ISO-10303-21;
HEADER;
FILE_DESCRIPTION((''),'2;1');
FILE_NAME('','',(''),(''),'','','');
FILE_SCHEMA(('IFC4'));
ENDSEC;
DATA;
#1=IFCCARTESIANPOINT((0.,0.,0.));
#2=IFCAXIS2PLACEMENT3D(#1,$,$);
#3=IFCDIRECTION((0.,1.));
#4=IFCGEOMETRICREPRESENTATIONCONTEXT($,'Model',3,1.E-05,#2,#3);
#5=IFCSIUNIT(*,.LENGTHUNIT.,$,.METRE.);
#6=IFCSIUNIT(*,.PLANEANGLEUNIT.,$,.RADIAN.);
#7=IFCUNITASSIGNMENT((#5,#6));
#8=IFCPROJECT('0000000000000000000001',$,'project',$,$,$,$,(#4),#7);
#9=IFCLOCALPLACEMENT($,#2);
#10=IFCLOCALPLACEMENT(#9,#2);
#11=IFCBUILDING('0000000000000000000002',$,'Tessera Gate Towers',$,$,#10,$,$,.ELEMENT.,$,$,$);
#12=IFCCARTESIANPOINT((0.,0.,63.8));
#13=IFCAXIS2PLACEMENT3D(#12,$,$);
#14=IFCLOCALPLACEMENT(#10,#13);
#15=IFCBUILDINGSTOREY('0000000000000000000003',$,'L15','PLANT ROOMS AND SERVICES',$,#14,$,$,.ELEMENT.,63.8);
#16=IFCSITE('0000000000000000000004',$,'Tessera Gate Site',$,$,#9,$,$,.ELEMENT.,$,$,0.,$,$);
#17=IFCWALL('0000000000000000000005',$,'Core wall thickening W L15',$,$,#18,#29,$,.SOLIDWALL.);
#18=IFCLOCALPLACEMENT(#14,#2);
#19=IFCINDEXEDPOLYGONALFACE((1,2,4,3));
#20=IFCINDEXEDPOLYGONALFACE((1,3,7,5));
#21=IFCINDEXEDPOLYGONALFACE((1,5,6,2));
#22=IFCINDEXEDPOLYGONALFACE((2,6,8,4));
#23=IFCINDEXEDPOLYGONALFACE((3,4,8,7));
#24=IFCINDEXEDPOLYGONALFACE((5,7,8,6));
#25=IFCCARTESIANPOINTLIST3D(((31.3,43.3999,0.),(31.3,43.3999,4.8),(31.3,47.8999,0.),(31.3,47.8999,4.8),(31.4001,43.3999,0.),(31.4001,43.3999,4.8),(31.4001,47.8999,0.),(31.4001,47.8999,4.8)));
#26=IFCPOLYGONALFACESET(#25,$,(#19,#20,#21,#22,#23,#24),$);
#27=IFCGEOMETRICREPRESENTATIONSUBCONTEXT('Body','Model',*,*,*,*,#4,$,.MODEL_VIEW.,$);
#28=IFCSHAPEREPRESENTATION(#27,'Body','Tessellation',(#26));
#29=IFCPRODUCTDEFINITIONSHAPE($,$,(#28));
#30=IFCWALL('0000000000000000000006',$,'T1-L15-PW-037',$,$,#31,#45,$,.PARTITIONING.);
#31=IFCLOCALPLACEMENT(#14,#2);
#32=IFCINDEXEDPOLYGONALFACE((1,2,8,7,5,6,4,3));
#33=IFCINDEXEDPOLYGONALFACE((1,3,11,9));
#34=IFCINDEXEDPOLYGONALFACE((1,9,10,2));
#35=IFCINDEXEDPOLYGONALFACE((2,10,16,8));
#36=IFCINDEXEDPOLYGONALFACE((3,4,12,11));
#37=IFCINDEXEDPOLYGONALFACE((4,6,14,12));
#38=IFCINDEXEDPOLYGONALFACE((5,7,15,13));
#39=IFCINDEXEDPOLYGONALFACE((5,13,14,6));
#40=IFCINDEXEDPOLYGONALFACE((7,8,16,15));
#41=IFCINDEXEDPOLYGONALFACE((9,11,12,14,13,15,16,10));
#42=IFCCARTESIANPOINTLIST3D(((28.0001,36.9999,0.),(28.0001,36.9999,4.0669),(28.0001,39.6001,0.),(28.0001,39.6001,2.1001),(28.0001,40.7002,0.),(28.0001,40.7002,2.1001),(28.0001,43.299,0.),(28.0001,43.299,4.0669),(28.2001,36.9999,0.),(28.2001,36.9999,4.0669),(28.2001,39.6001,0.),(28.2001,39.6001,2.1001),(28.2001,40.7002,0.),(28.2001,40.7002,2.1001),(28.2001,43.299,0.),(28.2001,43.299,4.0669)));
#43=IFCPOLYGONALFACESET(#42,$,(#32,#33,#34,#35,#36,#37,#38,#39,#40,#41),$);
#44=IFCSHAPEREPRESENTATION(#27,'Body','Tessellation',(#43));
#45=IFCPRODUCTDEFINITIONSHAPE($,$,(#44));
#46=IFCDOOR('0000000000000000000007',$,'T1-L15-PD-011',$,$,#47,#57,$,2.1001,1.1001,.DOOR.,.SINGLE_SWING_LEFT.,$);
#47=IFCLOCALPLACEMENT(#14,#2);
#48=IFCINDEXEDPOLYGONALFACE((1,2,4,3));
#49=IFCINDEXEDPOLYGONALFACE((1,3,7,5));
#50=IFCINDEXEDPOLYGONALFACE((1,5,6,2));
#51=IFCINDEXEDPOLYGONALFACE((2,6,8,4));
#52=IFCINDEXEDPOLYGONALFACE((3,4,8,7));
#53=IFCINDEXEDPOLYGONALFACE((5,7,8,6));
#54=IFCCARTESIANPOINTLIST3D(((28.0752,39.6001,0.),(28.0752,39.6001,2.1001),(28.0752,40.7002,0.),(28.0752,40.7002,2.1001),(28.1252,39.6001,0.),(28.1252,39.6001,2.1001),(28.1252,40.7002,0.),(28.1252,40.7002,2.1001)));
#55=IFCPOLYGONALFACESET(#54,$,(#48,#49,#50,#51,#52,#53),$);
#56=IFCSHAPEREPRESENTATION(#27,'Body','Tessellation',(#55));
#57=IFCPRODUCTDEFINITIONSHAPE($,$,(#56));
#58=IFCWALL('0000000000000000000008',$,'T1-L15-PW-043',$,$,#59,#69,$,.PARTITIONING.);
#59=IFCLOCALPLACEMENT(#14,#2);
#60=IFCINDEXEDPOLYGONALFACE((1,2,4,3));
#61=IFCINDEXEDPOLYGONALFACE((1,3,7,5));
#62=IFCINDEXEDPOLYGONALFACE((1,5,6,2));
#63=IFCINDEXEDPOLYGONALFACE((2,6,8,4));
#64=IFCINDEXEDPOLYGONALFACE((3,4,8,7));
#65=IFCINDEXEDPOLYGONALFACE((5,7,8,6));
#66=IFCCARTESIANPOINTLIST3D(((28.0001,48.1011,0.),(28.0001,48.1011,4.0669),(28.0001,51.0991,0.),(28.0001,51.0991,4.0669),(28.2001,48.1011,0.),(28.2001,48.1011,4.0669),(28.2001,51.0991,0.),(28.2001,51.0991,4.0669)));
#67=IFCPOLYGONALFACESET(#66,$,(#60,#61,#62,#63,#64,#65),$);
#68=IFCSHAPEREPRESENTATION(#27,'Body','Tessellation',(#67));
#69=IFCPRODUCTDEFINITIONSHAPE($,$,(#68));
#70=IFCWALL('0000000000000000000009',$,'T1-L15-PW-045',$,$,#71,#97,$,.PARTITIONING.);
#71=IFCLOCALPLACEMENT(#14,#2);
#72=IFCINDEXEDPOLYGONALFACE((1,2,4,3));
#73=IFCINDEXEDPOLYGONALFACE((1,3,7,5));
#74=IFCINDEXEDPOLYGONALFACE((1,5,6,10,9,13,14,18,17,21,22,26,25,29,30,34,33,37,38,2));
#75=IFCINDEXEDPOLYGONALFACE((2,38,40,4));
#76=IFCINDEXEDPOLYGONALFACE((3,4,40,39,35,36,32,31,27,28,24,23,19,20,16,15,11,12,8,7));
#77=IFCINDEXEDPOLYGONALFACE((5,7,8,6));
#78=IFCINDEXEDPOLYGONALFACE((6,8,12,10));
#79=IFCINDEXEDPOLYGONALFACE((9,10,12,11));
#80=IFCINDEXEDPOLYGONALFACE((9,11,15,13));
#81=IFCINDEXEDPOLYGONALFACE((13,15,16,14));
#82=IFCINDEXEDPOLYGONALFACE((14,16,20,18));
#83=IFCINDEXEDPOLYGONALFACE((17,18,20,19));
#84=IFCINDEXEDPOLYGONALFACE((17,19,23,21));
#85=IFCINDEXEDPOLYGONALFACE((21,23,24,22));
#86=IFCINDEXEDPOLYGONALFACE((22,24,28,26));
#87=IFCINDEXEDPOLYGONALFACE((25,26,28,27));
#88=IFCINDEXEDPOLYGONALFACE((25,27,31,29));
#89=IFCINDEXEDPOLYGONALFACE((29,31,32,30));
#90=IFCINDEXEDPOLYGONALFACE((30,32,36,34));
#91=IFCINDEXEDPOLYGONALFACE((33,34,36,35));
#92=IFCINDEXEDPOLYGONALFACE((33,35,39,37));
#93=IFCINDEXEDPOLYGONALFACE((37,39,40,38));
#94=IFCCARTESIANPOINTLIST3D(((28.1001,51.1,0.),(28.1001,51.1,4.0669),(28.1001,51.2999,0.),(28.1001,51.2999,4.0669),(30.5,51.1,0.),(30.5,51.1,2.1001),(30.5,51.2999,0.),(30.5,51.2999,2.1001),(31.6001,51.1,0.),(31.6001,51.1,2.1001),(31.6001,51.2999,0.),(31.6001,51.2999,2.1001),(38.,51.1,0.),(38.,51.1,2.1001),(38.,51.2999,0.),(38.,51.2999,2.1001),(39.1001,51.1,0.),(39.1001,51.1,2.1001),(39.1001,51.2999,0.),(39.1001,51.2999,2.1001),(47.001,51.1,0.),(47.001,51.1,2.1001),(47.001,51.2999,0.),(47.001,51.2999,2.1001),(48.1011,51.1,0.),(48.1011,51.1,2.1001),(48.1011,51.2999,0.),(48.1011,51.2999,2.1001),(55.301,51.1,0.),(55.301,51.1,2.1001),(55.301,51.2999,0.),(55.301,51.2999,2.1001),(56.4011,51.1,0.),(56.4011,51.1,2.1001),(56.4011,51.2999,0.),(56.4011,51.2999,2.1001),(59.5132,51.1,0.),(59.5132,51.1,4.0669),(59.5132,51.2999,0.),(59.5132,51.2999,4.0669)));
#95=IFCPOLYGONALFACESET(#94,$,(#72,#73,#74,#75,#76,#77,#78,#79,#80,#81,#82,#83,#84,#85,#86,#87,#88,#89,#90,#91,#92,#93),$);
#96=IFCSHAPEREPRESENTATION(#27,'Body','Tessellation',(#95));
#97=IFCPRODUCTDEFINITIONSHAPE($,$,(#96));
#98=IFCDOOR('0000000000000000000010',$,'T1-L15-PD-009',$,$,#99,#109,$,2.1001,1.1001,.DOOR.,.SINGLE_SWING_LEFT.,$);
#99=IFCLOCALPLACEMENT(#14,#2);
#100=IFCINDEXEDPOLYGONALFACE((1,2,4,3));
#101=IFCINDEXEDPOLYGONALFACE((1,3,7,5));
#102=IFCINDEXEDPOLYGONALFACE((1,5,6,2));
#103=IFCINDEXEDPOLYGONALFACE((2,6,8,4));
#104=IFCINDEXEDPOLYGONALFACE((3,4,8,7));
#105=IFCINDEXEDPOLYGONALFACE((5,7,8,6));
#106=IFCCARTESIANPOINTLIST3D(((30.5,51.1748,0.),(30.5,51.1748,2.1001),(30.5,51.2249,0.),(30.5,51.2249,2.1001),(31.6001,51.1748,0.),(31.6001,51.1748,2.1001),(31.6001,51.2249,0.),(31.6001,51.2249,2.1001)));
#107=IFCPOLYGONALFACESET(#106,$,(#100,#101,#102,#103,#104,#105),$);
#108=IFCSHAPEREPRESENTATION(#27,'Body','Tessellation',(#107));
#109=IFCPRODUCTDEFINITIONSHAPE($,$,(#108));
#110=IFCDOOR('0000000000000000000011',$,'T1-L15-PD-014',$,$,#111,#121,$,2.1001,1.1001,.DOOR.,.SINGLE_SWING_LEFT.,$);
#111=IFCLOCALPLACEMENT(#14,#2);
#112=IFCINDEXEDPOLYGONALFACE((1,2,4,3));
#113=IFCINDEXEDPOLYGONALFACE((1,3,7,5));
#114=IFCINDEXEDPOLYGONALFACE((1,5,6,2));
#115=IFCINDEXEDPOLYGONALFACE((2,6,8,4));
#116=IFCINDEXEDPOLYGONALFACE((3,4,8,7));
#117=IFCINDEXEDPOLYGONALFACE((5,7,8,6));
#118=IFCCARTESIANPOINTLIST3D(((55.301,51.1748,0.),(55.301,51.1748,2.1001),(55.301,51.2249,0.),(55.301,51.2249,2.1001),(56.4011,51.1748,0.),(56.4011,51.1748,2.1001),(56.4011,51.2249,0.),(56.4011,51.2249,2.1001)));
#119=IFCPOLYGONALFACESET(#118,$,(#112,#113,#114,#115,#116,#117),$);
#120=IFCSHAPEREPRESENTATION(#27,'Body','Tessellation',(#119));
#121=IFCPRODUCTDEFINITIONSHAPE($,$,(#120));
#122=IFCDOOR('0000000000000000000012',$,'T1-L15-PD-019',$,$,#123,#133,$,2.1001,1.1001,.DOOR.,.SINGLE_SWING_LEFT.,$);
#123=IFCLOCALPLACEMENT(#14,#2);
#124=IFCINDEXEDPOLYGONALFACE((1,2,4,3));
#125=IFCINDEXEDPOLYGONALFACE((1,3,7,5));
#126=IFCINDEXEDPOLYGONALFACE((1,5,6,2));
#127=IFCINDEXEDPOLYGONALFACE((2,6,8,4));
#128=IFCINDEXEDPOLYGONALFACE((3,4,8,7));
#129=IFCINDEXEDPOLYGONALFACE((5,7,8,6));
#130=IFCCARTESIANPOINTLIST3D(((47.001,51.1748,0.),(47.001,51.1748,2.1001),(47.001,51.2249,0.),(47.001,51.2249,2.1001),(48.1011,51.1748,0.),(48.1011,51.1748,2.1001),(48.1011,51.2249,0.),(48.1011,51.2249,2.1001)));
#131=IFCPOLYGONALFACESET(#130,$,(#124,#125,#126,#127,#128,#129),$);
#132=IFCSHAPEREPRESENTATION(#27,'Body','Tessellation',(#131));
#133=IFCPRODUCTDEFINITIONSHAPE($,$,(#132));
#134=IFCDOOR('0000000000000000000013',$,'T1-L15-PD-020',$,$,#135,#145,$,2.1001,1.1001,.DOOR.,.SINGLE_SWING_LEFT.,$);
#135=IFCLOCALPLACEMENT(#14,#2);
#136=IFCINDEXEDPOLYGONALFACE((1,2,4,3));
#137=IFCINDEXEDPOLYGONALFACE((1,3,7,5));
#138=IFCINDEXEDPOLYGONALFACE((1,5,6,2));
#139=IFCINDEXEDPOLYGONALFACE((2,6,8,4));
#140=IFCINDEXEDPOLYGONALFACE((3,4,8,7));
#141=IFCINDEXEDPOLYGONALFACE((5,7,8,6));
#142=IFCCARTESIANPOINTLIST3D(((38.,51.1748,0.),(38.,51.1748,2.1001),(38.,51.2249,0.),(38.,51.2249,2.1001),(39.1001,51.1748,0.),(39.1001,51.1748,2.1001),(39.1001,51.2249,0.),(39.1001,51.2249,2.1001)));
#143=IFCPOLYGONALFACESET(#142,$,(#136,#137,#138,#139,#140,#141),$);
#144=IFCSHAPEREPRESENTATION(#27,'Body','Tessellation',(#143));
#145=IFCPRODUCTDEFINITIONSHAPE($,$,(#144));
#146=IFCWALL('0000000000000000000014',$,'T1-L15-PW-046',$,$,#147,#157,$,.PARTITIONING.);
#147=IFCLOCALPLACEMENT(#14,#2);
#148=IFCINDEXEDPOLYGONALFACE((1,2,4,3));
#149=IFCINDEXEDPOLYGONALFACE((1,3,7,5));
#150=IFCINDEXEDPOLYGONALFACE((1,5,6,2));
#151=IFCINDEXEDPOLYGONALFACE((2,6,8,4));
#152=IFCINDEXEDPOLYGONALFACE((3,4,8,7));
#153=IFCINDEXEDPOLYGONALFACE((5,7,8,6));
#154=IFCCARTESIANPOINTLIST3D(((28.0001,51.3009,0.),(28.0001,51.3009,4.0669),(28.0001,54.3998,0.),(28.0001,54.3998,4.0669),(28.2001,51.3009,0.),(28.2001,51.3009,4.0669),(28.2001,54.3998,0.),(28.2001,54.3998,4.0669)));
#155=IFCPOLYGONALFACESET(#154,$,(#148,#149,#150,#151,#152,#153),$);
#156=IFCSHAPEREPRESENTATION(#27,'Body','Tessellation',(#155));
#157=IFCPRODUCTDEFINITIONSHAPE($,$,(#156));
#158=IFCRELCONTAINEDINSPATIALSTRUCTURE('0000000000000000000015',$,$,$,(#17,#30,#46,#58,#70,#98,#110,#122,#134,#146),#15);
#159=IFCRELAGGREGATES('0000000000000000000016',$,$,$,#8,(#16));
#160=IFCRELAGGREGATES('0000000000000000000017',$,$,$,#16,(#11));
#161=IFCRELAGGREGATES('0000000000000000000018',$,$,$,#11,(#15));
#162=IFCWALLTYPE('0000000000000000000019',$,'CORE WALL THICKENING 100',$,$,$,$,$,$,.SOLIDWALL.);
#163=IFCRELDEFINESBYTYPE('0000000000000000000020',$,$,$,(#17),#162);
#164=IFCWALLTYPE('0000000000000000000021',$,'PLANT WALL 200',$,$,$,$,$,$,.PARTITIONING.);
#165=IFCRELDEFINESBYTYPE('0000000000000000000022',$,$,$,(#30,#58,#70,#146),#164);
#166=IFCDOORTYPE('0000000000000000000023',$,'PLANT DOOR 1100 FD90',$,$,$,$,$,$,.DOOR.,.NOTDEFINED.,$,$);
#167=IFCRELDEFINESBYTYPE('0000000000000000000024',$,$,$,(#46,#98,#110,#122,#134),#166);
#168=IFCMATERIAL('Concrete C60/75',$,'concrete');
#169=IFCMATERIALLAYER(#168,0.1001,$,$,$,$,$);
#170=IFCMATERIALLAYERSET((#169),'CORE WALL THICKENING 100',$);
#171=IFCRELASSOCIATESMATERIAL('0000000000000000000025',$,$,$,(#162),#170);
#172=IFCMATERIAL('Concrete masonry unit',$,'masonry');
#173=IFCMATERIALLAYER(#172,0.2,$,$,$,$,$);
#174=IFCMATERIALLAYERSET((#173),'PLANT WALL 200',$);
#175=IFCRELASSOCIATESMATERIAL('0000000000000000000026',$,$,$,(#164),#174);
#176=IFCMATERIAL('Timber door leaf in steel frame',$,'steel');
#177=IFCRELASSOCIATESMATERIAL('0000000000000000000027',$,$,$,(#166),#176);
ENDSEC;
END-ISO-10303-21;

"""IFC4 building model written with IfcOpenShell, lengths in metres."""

from ifc_helpers import new_model, si_unit, direction, frame, frame_2d, origin, place, context, subcontext, project, spatial, rectangle, extrude, source, transform, mapped, material, layer, layer_set, type_object, element, fill, save


model = new_model("IFC4")

# Units and contexts
model_context = context("Model", 3, precision=1e-05, world=origin(), true_north=direction((0.0, 1.0)))
body_context = subcontext(model_context, "Body", "Model", "MODEL_VIEW")
ifc_project = project(units=[si_unit("LENGTHUNIT", "METRE"), si_unit("PLANEANGLEUNIT", "RADIAN")], contexts=[model_context])

# Site, building, storey
site_placement = place(None, origin())
site = spatial("IfcSite", under=ifc_project, at=site_placement, Name="Tessera Gate Site", CompositionType="ELEMENT", RefElevation=0.0)
building_placement = place(site_placement, origin())
building = spatial("IfcBuilding", under=site, at=building_placement, Name="Tessera Gate Towers", CompositionType="ELEMENT")
storey_placement = place(building_placement, frame((0.0, 0.0, 63.8)))
storey = spatial("IfcBuildingStorey", under=building, at=storey_placement, Name="L15", Description="PLANT ROOMS AND SERVICES", CompositionType="ELEMENT", Elevation=63.8)

# Wall
ifc_material_1 = material(Name="Concrete C60/75", Category="concrete")
ifc_layer_1 = layer(ifc_material_1, 0.1001)
ifc_layer_set_1 = layer_set([ifc_layer_1], Name="CORE WALL THICKENING 100")
wall_type_1 = type_object("IfcWallType", Name="CORE WALL THICKENING 100", PredefinedType="SOLIDWALL", material=ifc_layer_set_1)
wall_1_placement = place(storey_placement, frame((31.3501, 43.3999, 0.0), z_axis=(0.0, 0.0, 1.0), x_axis=(0.0, 1.0, 0.0)))
element("IfcWall", 1, at=wall_1_placement, inside=storey, type_object=wall_type_1, Name="Core wall thickening W L15", PredefinedType="SOLIDWALL", context=body_context, shape_type="SweptSolid", body=[
    extrude(rectangle(XDim=4.5, YDim=0.1001, at=frame_2d((2.25, 0.0))), origin(), (0.0, 0.0, 1.0), 4.8),
])

# Wall, opening, door
ifc_material_2 = material(Name="Concrete masonry unit", Category="masonry")
ifc_layer_2 = layer(ifc_material_2, 0.2)
ifc_layer_set_2 = layer_set([ifc_layer_2], Name="PLANT WALL 200")
wall_type_2 = type_object("IfcWallType", Name="PLANT WALL 200", PredefinedType="PARTITIONING", material=ifc_layer_set_2)
wall_2_placement = place(storey_placement, frame((28.1001, 37.0, 0.0), z_axis=(0.0, 0.0, 1.0), x_axis=(0.0, 1.0, 0.0)))
wall_2 = element("IfcWall", 2, at=wall_2_placement, inside=storey, type_object=wall_type_2, Name="T1-L15-PW-037", PredefinedType="PARTITIONING", context=body_context, shape_type="SweptSolid", body=[
    extrude(rectangle(XDim=6.2991, YDim=0.2, at=frame_2d((3.1494, 0.0))), origin(), (0.0, 0.0, 1.0), 4.0669),
])
shared_shape_1 = source(origin(), body_context, "Body", "SweptSolid", [
    extrude(rectangle(XDim=1.1001, YDim=2.1001, at=frame_2d((0.55, 1.05))), frame((0.0, 0.1099, 0.0), z_axis=(0.0, -1.0, 0.0), x_axis=(1.0, 0.0, 0.0)), (0.0, 0.0, 1.0), 0.22),
])
opening_1_placement = place(wall_2_placement, frame((2.6001, 0.0, 0.0)))
opening_1 = element("IfcOpeningElement", 3, at=opening_1_placement, cuts=wall_2, PredefinedType="OPENING", context=body_context, shape_type="MappedRepresentation", body=[
    mapped(shared_shape_1, transform((0.0, 0.0, 0.0), scale=1.0)),
])
ifc_material_3 = material(Name="Timber door leaf in steel frame", Category="steel")
door_type_1 = type_object("IfcDoorType", Name="PLANT DOOR 1100 FD90", OperationType="NOTDEFINED", PredefinedType="DOOR", material=ifc_material_3)
shared_shape_2 = source(origin(), body_context, "Body", "SweptSolid", [
    extrude(rectangle(XDim=1.1001, YDim=2.1001, at=frame_2d((0.55, 1.05))), frame((0.0, 0.0249, 0.0), z_axis=(0.0, -1.0, 0.0), x_axis=(1.0, 0.0, 0.0)), (0.0, 0.0, 1.0), 0.05),
])
door_1_placement = place(opening_1_placement, origin())
door_1 = element("IfcDoor", 4, at=door_1_placement, inside=storey, type_object=door_type_1, Name="T1-L15-PD-011", OperationType="SINGLE_SWING_LEFT", OverallHeight=2.1001, OverallWidth=1.1001, PredefinedType="DOOR", context=body_context, shape_type="MappedRepresentation", body=[
    mapped(shared_shape_2, transform((0.0, 0.0, 0.0), scale=1.0)),
])
fill(opening_1, door_1)

# Wall
wall_3_placement = place(storey_placement, frame((28.1001, 48.1011, 0.0), z_axis=(0.0, 0.0, 1.0), x_axis=(0.0, 1.0, 0.0)))
element("IfcWall", 5, at=wall_3_placement, inside=storey, type_object=wall_type_2, Name="T1-L15-PW-043", PredefinedType="PARTITIONING", context=body_context, shape_type="SweptSolid", body=[
    extrude(rectangle(XDim=2.998, YDim=0.2, at=frame_2d((1.499, 0.0))), origin(), (0.0, 0.0, 1.0), 4.0669),
])

# Wall, openings, doors
wall_4_placement = place(storey_placement, frame((28.1001, 51.2, 0.0), z_axis=(0.0, 0.0, 1.0), x_axis=(1.0, 0.0, 0.0)))
wall_4 = element("IfcWall", 6, at=wall_4_placement, inside=storey, type_object=wall_type_2, Name="T1-L15-PW-045", PredefinedType="PARTITIONING", context=body_context, shape_type="SweptSolid", body=[
    extrude(rectangle(XDim=31.4131, YDim=0.2, at=frame_2d((15.7065, 0.0))), origin(), (0.0, 0.0, 1.0), 4.0669),
])
opening_2_placement = place(wall_4_placement, frame((2.3999, 0.0, 0.0)))
opening_2 = element("IfcOpeningElement", 7, at=opening_2_placement, cuts=wall_4, PredefinedType="OPENING", context=body_context, shape_type="MappedRepresentation", body=[
    mapped(shared_shape_1, transform((0.0, 0.0, 0.0), scale=1.0)),
])
opening_3_placement = place(wall_4_placement, frame((27.2009, 0.0, 0.0)))
opening_3 = element("IfcOpeningElement", 8, at=opening_3_placement, cuts=wall_4, PredefinedType="OPENING", context=body_context, shape_type="MappedRepresentation", body=[
    mapped(shared_shape_1, transform((0.0, 0.0, 0.0), scale=1.0)),
])
opening_4_placement = place(wall_4_placement, frame((18.9009, 0.0, 0.0)))
opening_4 = element("IfcOpeningElement", 9, at=opening_4_placement, cuts=wall_4, PredefinedType="OPENING", context=body_context, shape_type="MappedRepresentation", body=[
    mapped(shared_shape_1, transform((0.0, 0.0, 0.0), scale=1.0)),
])
opening_5_placement = place(wall_4_placement, frame((9.8999, 0.0, 0.0)))
opening_5 = element("IfcOpeningElement", 10, at=opening_5_placement, cuts=wall_4, PredefinedType="OPENING", context=body_context, shape_type="MappedRepresentation", body=[
    mapped(shared_shape_1, transform((0.0, 0.0, 0.0), scale=1.0)),
])
door_2_placement = place(opening_2_placement, origin())
door_2 = element("IfcDoor", 11, at=door_2_placement, inside=storey, type_object=door_type_1, Name="T1-L15-PD-009", OperationType="SINGLE_SWING_LEFT", OverallHeight=2.1001, OverallWidth=1.1001, PredefinedType="DOOR", context=body_context, shape_type="MappedRepresentation", body=[
    mapped(shared_shape_2, transform((0.0, 0.0, 0.0), scale=1.0)),
])
fill(opening_2, door_2)
door_3_placement = place(opening_3_placement, origin())
door_3 = element("IfcDoor", 12, at=door_3_placement, inside=storey, type_object=door_type_1, Name="T1-L15-PD-014", OperationType="SINGLE_SWING_LEFT", OverallHeight=2.1001, OverallWidth=1.1001, PredefinedType="DOOR", context=body_context, shape_type="MappedRepresentation", body=[
    mapped(shared_shape_2, transform((0.0, 0.0, 0.0), scale=1.0)),
])
fill(opening_3, door_3)
door_4_placement = place(opening_4_placement, origin())
door_4 = element("IfcDoor", 13, at=door_4_placement, inside=storey, type_object=door_type_1, Name="T1-L15-PD-019", OperationType="SINGLE_SWING_LEFT", OverallHeight=2.1001, OverallWidth=1.1001, PredefinedType="DOOR", context=body_context, shape_type="MappedRepresentation", body=[
    mapped(shared_shape_2, transform((0.0, 0.0, 0.0), scale=1.0)),
])
fill(opening_4, door_4)
door_5_placement = place(opening_5_placement, origin())
door_5 = element("IfcDoor", 14, at=door_5_placement, inside=storey, type_object=door_type_1, Name="T1-L15-PD-020", OperationType="SINGLE_SWING_LEFT", OverallHeight=2.1001, OverallWidth=1.1001, PredefinedType="DOOR", context=body_context, shape_type="MappedRepresentation", body=[
    mapped(shared_shape_2, transform((0.0, 0.0, 0.0), scale=1.0)),
])
fill(opening_5, door_5)

# Wall
wall_5_placement = place(storey_placement, frame((28.1001, 51.301, 0.0), z_axis=(0.0, 0.0, 1.0), x_axis=(0.0, 1.0, 0.0)))
element("IfcWall", 15, at=wall_5_placement, inside=storey, type_object=wall_type_2, Name="T1-L15-PW-046", PredefinedType="PARTITIONING", context=body_context, shape_type="SweptSolid", body=[
    extrude(rectangle(XDim=3.0989, YDim=0.2, at=frame_2d((1.5493, 0.0))), origin(), (0.0, 0.0, 1.0), 4.0669),
])

save(model, "model.ifc")
